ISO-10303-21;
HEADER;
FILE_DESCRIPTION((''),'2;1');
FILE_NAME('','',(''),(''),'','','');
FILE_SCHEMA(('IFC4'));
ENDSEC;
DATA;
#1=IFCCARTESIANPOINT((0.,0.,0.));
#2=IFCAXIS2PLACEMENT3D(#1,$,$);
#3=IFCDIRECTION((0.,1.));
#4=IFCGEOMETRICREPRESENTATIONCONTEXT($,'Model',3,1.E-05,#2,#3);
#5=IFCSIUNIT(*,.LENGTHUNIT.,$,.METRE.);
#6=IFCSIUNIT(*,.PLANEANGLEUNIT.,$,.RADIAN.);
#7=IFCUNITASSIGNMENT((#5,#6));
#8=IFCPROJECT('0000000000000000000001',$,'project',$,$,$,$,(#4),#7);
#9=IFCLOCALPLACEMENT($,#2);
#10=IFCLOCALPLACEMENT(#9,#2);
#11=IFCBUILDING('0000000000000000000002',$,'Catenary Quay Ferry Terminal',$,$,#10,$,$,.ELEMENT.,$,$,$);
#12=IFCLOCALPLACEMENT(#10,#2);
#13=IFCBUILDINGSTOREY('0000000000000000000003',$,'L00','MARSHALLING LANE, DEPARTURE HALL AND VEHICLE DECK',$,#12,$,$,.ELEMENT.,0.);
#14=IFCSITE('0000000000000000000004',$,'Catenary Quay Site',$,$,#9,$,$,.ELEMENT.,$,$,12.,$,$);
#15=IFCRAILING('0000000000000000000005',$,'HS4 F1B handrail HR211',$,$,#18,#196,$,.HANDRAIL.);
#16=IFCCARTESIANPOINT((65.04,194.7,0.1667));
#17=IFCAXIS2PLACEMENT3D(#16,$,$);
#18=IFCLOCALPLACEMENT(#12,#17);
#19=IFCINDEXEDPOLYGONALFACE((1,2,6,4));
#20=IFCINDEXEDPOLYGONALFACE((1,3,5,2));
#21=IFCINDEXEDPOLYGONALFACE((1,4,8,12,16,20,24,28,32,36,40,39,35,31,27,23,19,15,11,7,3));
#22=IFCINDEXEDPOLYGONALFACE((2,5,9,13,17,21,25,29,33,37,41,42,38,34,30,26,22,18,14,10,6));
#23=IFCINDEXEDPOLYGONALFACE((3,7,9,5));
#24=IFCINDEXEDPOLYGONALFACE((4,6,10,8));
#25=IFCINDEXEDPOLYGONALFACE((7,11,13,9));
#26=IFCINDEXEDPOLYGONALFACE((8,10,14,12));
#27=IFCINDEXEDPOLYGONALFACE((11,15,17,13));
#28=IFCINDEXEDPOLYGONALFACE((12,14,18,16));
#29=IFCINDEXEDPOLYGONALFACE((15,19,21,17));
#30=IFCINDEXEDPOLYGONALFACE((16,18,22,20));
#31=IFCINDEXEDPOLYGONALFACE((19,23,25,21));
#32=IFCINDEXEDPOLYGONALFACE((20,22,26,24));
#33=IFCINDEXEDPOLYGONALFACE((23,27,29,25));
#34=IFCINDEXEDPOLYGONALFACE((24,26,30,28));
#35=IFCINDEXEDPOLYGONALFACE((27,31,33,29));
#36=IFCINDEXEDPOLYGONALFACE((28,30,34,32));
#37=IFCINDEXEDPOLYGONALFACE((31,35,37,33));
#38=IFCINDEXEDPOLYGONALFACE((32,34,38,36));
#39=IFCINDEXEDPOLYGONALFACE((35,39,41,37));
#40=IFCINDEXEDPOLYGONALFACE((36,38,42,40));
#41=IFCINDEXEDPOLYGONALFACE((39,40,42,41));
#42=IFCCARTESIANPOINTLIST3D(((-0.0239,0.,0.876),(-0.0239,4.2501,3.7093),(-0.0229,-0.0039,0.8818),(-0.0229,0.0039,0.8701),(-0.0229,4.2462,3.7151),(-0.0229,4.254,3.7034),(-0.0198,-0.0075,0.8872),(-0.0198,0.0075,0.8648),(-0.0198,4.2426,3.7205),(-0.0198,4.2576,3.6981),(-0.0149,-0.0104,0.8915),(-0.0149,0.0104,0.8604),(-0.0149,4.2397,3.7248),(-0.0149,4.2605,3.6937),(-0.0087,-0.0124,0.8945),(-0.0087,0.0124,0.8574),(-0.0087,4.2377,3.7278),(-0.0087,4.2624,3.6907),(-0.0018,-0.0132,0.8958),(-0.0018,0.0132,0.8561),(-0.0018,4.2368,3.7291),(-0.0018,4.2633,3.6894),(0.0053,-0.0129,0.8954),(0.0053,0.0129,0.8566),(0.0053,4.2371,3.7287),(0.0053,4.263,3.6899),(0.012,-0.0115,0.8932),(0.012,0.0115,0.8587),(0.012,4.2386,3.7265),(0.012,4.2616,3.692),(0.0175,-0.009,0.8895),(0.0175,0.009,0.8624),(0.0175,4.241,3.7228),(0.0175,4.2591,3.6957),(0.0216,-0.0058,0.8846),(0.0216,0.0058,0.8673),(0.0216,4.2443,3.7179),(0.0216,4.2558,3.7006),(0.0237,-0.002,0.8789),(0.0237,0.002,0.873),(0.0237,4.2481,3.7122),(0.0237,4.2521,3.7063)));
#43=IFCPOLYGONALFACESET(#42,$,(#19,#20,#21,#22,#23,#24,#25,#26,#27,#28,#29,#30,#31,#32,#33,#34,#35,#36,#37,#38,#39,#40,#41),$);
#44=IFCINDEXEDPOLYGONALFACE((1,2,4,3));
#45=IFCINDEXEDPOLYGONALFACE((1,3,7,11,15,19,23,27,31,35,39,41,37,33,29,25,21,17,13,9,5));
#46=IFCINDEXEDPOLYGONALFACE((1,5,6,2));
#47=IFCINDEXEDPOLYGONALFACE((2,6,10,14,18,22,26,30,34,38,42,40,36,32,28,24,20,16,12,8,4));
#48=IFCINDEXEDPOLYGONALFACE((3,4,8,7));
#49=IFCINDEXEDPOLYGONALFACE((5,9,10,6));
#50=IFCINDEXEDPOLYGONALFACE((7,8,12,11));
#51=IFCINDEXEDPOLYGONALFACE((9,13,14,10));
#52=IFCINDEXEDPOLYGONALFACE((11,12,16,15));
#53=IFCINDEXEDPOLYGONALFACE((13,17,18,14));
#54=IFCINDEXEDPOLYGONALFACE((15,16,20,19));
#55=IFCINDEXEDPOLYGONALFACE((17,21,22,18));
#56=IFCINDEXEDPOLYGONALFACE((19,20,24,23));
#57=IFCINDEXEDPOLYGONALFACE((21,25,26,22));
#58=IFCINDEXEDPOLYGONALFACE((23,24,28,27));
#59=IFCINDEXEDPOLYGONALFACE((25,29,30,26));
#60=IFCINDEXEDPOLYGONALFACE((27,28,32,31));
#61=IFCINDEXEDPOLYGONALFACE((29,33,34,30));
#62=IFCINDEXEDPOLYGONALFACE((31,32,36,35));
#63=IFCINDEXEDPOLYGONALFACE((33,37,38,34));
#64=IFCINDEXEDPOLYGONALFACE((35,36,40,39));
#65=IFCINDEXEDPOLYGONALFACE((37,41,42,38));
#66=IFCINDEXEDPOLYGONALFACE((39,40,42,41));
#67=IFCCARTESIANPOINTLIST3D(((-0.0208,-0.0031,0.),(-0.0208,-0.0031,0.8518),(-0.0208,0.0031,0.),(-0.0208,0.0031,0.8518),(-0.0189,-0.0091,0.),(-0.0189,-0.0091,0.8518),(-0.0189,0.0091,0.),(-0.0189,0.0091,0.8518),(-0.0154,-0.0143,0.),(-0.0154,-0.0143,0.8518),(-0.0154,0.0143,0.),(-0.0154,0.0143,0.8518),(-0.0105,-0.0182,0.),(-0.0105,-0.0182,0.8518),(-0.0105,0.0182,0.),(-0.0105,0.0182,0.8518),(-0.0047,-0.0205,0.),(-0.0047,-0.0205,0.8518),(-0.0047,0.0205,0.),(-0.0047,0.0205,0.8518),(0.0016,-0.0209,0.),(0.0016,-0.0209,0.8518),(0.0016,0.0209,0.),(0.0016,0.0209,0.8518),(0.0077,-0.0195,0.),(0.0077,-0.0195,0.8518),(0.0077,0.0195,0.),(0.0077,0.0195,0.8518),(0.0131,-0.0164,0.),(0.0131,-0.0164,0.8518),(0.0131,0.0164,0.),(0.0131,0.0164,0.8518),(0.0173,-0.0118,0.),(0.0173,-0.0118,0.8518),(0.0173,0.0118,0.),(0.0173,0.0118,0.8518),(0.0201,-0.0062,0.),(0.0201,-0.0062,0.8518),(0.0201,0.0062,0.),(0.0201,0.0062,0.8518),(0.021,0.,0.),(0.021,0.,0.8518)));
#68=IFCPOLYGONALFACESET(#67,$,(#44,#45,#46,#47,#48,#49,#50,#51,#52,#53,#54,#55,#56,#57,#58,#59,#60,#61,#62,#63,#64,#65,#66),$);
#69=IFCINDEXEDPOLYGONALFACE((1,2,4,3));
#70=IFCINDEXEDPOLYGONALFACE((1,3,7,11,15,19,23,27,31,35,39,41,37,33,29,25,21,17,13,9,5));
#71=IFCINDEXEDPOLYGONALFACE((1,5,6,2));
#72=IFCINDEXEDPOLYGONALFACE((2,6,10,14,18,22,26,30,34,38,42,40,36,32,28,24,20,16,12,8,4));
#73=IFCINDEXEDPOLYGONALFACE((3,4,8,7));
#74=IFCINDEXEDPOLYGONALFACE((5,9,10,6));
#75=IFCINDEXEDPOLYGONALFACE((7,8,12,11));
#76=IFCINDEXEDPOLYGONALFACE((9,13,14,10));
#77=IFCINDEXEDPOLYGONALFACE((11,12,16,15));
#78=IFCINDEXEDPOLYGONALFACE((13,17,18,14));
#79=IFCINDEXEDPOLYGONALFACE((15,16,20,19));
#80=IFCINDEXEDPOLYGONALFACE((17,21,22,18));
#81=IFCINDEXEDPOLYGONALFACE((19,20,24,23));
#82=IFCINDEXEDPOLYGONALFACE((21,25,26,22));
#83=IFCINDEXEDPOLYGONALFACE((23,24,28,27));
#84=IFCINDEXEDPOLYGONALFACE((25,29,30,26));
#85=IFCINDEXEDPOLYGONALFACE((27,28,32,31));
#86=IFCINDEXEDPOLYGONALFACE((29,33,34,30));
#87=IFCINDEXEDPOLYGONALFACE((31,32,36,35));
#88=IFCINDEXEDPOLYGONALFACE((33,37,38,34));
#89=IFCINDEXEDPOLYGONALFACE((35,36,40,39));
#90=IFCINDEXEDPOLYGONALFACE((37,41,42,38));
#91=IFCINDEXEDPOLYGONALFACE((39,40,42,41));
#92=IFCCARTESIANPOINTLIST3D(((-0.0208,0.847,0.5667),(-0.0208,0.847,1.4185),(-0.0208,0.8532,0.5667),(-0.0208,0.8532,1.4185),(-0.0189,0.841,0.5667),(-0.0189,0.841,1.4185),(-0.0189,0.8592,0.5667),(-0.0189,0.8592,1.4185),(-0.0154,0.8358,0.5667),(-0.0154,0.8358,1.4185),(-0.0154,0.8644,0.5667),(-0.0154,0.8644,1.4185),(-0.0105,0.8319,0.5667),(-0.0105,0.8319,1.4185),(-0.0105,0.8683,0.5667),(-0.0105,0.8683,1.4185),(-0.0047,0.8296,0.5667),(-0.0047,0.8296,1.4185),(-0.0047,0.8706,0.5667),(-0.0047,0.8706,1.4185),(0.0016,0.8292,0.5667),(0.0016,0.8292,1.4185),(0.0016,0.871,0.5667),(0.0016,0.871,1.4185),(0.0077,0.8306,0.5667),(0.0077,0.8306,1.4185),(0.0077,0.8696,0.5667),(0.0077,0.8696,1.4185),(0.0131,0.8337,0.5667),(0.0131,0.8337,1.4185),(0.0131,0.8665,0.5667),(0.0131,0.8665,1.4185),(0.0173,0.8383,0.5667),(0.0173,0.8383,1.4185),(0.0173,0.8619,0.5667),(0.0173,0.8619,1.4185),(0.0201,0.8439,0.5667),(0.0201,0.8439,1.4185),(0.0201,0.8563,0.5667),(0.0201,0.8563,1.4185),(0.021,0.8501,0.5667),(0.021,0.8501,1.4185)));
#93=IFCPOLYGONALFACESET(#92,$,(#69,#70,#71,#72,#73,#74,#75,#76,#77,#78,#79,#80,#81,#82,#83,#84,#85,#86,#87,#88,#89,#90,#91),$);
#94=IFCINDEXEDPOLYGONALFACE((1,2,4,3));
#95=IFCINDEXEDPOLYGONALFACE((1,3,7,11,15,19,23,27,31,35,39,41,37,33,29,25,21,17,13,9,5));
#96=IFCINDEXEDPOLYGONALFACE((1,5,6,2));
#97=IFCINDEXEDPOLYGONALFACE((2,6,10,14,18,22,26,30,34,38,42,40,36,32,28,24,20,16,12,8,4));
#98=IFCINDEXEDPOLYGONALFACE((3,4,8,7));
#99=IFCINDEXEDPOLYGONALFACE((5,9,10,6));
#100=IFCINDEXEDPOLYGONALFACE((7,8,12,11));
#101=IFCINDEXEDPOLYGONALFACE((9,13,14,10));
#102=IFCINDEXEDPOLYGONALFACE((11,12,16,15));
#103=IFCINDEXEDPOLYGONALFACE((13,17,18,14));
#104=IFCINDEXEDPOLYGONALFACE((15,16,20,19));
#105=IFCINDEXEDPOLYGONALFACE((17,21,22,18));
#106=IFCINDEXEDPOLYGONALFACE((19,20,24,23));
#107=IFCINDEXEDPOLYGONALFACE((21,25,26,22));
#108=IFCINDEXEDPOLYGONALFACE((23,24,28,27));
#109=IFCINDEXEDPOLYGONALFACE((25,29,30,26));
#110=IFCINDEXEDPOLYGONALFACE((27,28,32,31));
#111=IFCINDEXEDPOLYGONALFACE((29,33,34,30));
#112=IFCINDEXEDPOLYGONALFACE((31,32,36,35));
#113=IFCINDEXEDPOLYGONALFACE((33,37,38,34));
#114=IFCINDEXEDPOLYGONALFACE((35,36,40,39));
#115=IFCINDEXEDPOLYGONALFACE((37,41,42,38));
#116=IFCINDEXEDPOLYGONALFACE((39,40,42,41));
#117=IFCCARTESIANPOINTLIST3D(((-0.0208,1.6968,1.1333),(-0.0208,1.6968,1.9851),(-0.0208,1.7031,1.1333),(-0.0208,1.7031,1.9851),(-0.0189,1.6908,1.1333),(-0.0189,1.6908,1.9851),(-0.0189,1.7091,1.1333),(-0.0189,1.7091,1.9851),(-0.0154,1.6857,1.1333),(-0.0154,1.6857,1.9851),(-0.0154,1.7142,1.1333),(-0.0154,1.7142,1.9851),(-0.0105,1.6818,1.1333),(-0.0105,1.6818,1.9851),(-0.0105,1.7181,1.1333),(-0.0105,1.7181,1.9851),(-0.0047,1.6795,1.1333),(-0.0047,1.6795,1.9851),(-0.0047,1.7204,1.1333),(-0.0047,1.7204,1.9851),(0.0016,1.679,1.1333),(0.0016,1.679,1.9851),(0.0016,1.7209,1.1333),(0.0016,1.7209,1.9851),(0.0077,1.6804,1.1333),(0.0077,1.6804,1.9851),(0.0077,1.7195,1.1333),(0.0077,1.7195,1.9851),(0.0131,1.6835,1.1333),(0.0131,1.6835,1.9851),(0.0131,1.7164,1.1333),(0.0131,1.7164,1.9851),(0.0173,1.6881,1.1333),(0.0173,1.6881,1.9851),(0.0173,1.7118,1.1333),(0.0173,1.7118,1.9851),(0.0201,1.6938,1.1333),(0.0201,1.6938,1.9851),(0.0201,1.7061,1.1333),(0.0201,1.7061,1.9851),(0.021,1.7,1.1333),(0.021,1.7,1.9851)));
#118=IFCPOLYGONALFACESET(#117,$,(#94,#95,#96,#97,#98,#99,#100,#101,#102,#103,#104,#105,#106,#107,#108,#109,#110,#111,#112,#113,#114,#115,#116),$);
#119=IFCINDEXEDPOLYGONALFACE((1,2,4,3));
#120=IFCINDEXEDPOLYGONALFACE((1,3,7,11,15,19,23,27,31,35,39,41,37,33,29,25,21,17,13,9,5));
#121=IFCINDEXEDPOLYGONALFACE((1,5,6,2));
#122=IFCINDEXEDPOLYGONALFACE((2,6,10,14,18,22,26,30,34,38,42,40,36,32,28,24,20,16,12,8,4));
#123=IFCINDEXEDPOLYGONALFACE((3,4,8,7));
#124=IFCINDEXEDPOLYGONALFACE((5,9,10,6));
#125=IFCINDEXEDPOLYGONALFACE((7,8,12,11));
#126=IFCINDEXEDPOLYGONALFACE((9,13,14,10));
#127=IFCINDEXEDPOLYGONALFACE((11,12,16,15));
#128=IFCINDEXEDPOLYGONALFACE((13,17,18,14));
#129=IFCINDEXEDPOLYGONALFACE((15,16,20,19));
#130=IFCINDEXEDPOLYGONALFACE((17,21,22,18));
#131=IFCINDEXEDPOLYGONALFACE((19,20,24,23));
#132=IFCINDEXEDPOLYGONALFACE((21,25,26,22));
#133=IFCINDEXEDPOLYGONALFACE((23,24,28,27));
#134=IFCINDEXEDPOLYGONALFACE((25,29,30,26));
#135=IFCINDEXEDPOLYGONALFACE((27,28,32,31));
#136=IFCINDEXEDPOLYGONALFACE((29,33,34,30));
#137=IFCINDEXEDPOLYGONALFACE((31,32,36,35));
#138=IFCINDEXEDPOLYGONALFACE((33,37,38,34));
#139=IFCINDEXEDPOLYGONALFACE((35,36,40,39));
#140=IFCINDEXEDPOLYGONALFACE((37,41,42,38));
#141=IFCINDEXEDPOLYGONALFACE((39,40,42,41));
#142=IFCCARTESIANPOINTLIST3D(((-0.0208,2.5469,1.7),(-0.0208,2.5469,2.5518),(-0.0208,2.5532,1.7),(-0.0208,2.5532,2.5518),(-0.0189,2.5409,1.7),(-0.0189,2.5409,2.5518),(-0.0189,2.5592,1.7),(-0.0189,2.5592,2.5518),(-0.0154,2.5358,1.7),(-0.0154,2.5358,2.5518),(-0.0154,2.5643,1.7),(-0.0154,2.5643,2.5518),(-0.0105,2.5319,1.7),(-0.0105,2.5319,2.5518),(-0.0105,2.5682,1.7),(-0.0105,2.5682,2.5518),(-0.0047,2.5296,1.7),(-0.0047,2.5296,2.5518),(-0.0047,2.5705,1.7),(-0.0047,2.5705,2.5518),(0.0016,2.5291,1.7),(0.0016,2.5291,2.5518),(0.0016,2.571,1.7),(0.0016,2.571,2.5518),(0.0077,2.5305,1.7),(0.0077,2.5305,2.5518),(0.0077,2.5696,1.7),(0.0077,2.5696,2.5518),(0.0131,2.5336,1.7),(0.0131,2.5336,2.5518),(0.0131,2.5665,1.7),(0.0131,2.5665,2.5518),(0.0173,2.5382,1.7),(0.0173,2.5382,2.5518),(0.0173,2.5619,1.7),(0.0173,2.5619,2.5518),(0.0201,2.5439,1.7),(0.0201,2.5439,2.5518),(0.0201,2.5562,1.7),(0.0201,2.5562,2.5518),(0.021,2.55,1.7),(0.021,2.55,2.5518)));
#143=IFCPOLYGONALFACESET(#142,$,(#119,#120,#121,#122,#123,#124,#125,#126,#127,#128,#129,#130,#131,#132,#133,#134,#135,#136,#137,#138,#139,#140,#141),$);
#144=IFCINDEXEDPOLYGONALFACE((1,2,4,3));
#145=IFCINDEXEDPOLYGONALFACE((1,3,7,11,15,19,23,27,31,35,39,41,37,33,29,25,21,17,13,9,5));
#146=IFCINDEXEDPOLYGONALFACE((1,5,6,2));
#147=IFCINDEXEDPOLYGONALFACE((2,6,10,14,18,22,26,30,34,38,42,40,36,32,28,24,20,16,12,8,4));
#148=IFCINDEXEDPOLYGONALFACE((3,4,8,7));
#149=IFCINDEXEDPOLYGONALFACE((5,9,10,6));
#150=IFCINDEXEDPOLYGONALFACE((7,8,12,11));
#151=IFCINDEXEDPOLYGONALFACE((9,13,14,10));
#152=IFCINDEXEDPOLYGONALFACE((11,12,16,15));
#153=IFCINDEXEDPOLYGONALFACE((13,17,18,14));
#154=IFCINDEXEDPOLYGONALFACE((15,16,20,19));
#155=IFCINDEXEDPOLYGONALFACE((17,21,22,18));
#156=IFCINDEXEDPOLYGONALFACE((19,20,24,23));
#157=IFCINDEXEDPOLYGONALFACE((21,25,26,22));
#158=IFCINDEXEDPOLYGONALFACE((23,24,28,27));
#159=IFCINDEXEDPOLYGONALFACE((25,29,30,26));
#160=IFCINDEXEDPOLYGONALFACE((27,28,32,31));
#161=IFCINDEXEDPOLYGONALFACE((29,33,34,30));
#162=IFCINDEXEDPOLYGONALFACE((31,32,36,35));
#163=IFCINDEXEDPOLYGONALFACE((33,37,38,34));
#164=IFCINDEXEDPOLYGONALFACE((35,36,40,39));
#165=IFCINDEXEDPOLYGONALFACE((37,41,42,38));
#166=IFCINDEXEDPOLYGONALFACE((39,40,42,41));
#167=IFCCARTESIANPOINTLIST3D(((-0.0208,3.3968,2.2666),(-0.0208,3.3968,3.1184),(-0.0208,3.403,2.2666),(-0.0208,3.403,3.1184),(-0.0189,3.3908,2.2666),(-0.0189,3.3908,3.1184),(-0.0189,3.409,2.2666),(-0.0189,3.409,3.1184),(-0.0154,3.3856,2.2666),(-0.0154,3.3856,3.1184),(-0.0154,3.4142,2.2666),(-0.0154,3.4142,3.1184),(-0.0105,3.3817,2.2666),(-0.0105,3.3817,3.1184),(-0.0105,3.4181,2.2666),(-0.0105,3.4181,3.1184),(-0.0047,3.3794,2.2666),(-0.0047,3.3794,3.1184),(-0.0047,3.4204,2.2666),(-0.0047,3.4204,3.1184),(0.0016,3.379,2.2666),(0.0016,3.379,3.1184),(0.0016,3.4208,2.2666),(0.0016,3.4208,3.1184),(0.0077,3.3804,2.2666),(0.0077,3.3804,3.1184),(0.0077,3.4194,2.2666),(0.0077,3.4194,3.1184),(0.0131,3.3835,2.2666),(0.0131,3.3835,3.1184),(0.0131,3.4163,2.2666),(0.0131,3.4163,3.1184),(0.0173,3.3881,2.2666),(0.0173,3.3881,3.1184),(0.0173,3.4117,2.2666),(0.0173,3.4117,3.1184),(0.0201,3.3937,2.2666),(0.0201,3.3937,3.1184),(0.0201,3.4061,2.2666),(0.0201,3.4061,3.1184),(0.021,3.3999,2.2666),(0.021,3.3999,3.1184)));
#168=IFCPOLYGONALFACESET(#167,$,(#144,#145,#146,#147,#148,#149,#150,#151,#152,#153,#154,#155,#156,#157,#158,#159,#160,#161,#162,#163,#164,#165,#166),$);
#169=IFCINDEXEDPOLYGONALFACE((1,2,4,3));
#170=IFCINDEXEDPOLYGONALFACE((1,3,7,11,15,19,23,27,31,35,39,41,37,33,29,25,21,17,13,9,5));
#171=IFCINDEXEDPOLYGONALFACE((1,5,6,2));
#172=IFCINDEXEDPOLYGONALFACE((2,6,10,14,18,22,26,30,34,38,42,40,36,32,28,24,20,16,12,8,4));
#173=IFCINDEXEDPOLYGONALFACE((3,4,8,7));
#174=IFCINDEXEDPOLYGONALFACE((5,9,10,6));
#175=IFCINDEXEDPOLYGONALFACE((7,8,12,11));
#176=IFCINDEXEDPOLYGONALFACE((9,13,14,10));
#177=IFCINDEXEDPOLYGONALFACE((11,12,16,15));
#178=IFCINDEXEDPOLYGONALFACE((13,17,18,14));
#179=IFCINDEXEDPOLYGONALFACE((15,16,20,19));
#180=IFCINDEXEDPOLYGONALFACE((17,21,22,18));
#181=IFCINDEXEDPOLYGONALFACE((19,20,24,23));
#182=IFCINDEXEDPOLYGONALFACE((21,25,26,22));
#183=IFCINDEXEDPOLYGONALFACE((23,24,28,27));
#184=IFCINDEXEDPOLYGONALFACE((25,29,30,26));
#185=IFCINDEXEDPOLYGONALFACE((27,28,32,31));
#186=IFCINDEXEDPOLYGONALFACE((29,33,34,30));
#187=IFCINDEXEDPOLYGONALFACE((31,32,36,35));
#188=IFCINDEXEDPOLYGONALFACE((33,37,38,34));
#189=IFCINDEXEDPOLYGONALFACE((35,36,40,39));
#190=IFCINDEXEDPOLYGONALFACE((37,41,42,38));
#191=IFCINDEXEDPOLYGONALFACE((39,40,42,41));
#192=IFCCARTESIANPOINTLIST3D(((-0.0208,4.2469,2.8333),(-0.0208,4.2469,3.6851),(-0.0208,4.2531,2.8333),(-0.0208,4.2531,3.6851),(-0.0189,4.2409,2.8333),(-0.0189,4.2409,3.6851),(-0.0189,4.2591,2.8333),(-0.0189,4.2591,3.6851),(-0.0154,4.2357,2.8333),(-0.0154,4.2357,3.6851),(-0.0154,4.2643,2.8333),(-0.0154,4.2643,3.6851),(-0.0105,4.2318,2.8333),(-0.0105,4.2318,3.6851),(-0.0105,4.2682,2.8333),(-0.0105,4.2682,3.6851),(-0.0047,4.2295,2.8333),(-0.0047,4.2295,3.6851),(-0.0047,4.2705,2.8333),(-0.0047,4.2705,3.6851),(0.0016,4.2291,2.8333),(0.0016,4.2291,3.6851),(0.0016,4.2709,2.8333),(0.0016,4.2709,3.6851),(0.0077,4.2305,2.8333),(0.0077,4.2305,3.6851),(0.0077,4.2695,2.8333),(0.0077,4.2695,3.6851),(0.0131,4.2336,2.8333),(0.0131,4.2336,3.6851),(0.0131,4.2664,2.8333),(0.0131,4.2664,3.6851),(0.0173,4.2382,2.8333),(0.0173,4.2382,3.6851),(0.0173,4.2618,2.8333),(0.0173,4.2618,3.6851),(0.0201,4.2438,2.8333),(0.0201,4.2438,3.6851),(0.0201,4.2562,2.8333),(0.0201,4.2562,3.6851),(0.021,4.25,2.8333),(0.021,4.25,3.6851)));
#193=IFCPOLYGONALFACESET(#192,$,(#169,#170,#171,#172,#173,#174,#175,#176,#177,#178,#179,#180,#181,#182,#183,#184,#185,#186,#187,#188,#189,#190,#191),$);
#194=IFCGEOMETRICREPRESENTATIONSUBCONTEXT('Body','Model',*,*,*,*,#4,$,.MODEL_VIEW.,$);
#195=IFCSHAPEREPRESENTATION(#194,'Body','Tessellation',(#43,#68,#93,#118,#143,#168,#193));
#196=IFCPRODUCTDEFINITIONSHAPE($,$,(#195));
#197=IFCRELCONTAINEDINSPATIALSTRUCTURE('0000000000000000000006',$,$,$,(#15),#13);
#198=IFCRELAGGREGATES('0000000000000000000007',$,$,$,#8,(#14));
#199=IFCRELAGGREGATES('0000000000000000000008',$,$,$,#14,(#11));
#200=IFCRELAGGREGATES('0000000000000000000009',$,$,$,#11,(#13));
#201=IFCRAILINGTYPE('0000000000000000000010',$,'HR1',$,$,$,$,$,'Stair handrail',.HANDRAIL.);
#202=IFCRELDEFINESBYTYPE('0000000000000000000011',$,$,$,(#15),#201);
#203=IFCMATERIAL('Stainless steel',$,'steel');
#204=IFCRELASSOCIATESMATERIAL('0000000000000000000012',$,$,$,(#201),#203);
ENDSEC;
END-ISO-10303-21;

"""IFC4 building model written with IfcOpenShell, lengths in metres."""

from ifc_helpers import new_model, si_unit, direction, frame, origin, origin_2d, place, context, subcontext, project, spatial, circle, extrude, material, type_object, element, save


model = new_model("IFC4")

# Units and contexts
model_context = context("Model", 3, precision=1e-05, world=origin(), true_north=direction((0.0, 1.0)))
body_context = subcontext(model_context, "Body", "Model", "MODEL_VIEW")
ifc_project = project(units=[si_unit("LENGTHUNIT", "METRE"), si_unit("PLANEANGLEUNIT", "RADIAN")], contexts=[model_context])

# Site, building, storey
site_placement = place(None, origin())
site = spatial("IfcSite", under=ifc_project, at=site_placement, Name="Catenary Quay Site", CompositionType="ELEMENT", RefElevation=12.0)
building_placement = place(site_placement, origin())
building = spatial("IfcBuilding", under=site, at=building_placement, Name="Catenary Quay Ferry Terminal", CompositionType="ELEMENT")
storey_placement = place(building_placement, origin())
storey = spatial("IfcBuildingStorey", under=building, at=storey_placement, Name="L00", Description="MARSHALLING LANE, DEPARTURE HALL AND VEHICLE DECK", CompositionType="ELEMENT", Elevation=0.0)

# Railing
ifc_material_1 = material(Name="Stainless steel", Category="steel")
railing_type_1 = type_object("IfcRailingType", Name="HR1", ElementType="Stair handrail", PredefinedType="HANDRAIL", material=ifc_material_1)
for number, where, name in (
    (1, (65.04, 194.7, 0.1667), "HS4 F1B handrail HR211"),
):
    element("IfcRailing", number, at=place(storey_placement, frame(where)), inside=storey, type_object=railing_type_1, Name=name, PredefinedType="HANDRAIL", context=body_context, shape_type="SweptSolid", body=[
        extrude(circle(Radius=0.0239, at=origin_2d()), frame((0.0, 0.0, 0.876), z_axis=(0.0, 0.832058, 0.554689), x_axis=(-1.0, 0.0, 0.0)), (0.0, 0.0, 1.0), 5.1079),
        extrude(circle(Radius=0.021, at=origin_2d()), origin(), (0.0, 0.0, 1.0), 0.8518),
        extrude(circle(Radius=0.021, at=origin_2d()), frame((0.0, 0.8501, 0.5667)), (0.0, 0.0, 1.0), 0.8518),
        extrude(circle(Radius=0.021, at=origin_2d()), frame((0.0, 1.7, 1.1333)), (0.0, 0.0, 1.0), 0.8518),
        extrude(circle(Radius=0.021, at=origin_2d()), frame((0.0, 2.55, 1.7)), (0.0, 0.0, 1.0), 0.8518),
        extrude(circle(Radius=0.021, at=origin_2d()), frame((0.0, 3.3999, 2.2666)), (0.0, 0.0, 1.0), 0.8518),
        extrude(circle(Radius=0.021, at=origin_2d()), frame((0.0, 4.25, 2.8333)), (0.0, 0.0, 1.0), 0.8518),
    ])

save(model, "model.ifc")
